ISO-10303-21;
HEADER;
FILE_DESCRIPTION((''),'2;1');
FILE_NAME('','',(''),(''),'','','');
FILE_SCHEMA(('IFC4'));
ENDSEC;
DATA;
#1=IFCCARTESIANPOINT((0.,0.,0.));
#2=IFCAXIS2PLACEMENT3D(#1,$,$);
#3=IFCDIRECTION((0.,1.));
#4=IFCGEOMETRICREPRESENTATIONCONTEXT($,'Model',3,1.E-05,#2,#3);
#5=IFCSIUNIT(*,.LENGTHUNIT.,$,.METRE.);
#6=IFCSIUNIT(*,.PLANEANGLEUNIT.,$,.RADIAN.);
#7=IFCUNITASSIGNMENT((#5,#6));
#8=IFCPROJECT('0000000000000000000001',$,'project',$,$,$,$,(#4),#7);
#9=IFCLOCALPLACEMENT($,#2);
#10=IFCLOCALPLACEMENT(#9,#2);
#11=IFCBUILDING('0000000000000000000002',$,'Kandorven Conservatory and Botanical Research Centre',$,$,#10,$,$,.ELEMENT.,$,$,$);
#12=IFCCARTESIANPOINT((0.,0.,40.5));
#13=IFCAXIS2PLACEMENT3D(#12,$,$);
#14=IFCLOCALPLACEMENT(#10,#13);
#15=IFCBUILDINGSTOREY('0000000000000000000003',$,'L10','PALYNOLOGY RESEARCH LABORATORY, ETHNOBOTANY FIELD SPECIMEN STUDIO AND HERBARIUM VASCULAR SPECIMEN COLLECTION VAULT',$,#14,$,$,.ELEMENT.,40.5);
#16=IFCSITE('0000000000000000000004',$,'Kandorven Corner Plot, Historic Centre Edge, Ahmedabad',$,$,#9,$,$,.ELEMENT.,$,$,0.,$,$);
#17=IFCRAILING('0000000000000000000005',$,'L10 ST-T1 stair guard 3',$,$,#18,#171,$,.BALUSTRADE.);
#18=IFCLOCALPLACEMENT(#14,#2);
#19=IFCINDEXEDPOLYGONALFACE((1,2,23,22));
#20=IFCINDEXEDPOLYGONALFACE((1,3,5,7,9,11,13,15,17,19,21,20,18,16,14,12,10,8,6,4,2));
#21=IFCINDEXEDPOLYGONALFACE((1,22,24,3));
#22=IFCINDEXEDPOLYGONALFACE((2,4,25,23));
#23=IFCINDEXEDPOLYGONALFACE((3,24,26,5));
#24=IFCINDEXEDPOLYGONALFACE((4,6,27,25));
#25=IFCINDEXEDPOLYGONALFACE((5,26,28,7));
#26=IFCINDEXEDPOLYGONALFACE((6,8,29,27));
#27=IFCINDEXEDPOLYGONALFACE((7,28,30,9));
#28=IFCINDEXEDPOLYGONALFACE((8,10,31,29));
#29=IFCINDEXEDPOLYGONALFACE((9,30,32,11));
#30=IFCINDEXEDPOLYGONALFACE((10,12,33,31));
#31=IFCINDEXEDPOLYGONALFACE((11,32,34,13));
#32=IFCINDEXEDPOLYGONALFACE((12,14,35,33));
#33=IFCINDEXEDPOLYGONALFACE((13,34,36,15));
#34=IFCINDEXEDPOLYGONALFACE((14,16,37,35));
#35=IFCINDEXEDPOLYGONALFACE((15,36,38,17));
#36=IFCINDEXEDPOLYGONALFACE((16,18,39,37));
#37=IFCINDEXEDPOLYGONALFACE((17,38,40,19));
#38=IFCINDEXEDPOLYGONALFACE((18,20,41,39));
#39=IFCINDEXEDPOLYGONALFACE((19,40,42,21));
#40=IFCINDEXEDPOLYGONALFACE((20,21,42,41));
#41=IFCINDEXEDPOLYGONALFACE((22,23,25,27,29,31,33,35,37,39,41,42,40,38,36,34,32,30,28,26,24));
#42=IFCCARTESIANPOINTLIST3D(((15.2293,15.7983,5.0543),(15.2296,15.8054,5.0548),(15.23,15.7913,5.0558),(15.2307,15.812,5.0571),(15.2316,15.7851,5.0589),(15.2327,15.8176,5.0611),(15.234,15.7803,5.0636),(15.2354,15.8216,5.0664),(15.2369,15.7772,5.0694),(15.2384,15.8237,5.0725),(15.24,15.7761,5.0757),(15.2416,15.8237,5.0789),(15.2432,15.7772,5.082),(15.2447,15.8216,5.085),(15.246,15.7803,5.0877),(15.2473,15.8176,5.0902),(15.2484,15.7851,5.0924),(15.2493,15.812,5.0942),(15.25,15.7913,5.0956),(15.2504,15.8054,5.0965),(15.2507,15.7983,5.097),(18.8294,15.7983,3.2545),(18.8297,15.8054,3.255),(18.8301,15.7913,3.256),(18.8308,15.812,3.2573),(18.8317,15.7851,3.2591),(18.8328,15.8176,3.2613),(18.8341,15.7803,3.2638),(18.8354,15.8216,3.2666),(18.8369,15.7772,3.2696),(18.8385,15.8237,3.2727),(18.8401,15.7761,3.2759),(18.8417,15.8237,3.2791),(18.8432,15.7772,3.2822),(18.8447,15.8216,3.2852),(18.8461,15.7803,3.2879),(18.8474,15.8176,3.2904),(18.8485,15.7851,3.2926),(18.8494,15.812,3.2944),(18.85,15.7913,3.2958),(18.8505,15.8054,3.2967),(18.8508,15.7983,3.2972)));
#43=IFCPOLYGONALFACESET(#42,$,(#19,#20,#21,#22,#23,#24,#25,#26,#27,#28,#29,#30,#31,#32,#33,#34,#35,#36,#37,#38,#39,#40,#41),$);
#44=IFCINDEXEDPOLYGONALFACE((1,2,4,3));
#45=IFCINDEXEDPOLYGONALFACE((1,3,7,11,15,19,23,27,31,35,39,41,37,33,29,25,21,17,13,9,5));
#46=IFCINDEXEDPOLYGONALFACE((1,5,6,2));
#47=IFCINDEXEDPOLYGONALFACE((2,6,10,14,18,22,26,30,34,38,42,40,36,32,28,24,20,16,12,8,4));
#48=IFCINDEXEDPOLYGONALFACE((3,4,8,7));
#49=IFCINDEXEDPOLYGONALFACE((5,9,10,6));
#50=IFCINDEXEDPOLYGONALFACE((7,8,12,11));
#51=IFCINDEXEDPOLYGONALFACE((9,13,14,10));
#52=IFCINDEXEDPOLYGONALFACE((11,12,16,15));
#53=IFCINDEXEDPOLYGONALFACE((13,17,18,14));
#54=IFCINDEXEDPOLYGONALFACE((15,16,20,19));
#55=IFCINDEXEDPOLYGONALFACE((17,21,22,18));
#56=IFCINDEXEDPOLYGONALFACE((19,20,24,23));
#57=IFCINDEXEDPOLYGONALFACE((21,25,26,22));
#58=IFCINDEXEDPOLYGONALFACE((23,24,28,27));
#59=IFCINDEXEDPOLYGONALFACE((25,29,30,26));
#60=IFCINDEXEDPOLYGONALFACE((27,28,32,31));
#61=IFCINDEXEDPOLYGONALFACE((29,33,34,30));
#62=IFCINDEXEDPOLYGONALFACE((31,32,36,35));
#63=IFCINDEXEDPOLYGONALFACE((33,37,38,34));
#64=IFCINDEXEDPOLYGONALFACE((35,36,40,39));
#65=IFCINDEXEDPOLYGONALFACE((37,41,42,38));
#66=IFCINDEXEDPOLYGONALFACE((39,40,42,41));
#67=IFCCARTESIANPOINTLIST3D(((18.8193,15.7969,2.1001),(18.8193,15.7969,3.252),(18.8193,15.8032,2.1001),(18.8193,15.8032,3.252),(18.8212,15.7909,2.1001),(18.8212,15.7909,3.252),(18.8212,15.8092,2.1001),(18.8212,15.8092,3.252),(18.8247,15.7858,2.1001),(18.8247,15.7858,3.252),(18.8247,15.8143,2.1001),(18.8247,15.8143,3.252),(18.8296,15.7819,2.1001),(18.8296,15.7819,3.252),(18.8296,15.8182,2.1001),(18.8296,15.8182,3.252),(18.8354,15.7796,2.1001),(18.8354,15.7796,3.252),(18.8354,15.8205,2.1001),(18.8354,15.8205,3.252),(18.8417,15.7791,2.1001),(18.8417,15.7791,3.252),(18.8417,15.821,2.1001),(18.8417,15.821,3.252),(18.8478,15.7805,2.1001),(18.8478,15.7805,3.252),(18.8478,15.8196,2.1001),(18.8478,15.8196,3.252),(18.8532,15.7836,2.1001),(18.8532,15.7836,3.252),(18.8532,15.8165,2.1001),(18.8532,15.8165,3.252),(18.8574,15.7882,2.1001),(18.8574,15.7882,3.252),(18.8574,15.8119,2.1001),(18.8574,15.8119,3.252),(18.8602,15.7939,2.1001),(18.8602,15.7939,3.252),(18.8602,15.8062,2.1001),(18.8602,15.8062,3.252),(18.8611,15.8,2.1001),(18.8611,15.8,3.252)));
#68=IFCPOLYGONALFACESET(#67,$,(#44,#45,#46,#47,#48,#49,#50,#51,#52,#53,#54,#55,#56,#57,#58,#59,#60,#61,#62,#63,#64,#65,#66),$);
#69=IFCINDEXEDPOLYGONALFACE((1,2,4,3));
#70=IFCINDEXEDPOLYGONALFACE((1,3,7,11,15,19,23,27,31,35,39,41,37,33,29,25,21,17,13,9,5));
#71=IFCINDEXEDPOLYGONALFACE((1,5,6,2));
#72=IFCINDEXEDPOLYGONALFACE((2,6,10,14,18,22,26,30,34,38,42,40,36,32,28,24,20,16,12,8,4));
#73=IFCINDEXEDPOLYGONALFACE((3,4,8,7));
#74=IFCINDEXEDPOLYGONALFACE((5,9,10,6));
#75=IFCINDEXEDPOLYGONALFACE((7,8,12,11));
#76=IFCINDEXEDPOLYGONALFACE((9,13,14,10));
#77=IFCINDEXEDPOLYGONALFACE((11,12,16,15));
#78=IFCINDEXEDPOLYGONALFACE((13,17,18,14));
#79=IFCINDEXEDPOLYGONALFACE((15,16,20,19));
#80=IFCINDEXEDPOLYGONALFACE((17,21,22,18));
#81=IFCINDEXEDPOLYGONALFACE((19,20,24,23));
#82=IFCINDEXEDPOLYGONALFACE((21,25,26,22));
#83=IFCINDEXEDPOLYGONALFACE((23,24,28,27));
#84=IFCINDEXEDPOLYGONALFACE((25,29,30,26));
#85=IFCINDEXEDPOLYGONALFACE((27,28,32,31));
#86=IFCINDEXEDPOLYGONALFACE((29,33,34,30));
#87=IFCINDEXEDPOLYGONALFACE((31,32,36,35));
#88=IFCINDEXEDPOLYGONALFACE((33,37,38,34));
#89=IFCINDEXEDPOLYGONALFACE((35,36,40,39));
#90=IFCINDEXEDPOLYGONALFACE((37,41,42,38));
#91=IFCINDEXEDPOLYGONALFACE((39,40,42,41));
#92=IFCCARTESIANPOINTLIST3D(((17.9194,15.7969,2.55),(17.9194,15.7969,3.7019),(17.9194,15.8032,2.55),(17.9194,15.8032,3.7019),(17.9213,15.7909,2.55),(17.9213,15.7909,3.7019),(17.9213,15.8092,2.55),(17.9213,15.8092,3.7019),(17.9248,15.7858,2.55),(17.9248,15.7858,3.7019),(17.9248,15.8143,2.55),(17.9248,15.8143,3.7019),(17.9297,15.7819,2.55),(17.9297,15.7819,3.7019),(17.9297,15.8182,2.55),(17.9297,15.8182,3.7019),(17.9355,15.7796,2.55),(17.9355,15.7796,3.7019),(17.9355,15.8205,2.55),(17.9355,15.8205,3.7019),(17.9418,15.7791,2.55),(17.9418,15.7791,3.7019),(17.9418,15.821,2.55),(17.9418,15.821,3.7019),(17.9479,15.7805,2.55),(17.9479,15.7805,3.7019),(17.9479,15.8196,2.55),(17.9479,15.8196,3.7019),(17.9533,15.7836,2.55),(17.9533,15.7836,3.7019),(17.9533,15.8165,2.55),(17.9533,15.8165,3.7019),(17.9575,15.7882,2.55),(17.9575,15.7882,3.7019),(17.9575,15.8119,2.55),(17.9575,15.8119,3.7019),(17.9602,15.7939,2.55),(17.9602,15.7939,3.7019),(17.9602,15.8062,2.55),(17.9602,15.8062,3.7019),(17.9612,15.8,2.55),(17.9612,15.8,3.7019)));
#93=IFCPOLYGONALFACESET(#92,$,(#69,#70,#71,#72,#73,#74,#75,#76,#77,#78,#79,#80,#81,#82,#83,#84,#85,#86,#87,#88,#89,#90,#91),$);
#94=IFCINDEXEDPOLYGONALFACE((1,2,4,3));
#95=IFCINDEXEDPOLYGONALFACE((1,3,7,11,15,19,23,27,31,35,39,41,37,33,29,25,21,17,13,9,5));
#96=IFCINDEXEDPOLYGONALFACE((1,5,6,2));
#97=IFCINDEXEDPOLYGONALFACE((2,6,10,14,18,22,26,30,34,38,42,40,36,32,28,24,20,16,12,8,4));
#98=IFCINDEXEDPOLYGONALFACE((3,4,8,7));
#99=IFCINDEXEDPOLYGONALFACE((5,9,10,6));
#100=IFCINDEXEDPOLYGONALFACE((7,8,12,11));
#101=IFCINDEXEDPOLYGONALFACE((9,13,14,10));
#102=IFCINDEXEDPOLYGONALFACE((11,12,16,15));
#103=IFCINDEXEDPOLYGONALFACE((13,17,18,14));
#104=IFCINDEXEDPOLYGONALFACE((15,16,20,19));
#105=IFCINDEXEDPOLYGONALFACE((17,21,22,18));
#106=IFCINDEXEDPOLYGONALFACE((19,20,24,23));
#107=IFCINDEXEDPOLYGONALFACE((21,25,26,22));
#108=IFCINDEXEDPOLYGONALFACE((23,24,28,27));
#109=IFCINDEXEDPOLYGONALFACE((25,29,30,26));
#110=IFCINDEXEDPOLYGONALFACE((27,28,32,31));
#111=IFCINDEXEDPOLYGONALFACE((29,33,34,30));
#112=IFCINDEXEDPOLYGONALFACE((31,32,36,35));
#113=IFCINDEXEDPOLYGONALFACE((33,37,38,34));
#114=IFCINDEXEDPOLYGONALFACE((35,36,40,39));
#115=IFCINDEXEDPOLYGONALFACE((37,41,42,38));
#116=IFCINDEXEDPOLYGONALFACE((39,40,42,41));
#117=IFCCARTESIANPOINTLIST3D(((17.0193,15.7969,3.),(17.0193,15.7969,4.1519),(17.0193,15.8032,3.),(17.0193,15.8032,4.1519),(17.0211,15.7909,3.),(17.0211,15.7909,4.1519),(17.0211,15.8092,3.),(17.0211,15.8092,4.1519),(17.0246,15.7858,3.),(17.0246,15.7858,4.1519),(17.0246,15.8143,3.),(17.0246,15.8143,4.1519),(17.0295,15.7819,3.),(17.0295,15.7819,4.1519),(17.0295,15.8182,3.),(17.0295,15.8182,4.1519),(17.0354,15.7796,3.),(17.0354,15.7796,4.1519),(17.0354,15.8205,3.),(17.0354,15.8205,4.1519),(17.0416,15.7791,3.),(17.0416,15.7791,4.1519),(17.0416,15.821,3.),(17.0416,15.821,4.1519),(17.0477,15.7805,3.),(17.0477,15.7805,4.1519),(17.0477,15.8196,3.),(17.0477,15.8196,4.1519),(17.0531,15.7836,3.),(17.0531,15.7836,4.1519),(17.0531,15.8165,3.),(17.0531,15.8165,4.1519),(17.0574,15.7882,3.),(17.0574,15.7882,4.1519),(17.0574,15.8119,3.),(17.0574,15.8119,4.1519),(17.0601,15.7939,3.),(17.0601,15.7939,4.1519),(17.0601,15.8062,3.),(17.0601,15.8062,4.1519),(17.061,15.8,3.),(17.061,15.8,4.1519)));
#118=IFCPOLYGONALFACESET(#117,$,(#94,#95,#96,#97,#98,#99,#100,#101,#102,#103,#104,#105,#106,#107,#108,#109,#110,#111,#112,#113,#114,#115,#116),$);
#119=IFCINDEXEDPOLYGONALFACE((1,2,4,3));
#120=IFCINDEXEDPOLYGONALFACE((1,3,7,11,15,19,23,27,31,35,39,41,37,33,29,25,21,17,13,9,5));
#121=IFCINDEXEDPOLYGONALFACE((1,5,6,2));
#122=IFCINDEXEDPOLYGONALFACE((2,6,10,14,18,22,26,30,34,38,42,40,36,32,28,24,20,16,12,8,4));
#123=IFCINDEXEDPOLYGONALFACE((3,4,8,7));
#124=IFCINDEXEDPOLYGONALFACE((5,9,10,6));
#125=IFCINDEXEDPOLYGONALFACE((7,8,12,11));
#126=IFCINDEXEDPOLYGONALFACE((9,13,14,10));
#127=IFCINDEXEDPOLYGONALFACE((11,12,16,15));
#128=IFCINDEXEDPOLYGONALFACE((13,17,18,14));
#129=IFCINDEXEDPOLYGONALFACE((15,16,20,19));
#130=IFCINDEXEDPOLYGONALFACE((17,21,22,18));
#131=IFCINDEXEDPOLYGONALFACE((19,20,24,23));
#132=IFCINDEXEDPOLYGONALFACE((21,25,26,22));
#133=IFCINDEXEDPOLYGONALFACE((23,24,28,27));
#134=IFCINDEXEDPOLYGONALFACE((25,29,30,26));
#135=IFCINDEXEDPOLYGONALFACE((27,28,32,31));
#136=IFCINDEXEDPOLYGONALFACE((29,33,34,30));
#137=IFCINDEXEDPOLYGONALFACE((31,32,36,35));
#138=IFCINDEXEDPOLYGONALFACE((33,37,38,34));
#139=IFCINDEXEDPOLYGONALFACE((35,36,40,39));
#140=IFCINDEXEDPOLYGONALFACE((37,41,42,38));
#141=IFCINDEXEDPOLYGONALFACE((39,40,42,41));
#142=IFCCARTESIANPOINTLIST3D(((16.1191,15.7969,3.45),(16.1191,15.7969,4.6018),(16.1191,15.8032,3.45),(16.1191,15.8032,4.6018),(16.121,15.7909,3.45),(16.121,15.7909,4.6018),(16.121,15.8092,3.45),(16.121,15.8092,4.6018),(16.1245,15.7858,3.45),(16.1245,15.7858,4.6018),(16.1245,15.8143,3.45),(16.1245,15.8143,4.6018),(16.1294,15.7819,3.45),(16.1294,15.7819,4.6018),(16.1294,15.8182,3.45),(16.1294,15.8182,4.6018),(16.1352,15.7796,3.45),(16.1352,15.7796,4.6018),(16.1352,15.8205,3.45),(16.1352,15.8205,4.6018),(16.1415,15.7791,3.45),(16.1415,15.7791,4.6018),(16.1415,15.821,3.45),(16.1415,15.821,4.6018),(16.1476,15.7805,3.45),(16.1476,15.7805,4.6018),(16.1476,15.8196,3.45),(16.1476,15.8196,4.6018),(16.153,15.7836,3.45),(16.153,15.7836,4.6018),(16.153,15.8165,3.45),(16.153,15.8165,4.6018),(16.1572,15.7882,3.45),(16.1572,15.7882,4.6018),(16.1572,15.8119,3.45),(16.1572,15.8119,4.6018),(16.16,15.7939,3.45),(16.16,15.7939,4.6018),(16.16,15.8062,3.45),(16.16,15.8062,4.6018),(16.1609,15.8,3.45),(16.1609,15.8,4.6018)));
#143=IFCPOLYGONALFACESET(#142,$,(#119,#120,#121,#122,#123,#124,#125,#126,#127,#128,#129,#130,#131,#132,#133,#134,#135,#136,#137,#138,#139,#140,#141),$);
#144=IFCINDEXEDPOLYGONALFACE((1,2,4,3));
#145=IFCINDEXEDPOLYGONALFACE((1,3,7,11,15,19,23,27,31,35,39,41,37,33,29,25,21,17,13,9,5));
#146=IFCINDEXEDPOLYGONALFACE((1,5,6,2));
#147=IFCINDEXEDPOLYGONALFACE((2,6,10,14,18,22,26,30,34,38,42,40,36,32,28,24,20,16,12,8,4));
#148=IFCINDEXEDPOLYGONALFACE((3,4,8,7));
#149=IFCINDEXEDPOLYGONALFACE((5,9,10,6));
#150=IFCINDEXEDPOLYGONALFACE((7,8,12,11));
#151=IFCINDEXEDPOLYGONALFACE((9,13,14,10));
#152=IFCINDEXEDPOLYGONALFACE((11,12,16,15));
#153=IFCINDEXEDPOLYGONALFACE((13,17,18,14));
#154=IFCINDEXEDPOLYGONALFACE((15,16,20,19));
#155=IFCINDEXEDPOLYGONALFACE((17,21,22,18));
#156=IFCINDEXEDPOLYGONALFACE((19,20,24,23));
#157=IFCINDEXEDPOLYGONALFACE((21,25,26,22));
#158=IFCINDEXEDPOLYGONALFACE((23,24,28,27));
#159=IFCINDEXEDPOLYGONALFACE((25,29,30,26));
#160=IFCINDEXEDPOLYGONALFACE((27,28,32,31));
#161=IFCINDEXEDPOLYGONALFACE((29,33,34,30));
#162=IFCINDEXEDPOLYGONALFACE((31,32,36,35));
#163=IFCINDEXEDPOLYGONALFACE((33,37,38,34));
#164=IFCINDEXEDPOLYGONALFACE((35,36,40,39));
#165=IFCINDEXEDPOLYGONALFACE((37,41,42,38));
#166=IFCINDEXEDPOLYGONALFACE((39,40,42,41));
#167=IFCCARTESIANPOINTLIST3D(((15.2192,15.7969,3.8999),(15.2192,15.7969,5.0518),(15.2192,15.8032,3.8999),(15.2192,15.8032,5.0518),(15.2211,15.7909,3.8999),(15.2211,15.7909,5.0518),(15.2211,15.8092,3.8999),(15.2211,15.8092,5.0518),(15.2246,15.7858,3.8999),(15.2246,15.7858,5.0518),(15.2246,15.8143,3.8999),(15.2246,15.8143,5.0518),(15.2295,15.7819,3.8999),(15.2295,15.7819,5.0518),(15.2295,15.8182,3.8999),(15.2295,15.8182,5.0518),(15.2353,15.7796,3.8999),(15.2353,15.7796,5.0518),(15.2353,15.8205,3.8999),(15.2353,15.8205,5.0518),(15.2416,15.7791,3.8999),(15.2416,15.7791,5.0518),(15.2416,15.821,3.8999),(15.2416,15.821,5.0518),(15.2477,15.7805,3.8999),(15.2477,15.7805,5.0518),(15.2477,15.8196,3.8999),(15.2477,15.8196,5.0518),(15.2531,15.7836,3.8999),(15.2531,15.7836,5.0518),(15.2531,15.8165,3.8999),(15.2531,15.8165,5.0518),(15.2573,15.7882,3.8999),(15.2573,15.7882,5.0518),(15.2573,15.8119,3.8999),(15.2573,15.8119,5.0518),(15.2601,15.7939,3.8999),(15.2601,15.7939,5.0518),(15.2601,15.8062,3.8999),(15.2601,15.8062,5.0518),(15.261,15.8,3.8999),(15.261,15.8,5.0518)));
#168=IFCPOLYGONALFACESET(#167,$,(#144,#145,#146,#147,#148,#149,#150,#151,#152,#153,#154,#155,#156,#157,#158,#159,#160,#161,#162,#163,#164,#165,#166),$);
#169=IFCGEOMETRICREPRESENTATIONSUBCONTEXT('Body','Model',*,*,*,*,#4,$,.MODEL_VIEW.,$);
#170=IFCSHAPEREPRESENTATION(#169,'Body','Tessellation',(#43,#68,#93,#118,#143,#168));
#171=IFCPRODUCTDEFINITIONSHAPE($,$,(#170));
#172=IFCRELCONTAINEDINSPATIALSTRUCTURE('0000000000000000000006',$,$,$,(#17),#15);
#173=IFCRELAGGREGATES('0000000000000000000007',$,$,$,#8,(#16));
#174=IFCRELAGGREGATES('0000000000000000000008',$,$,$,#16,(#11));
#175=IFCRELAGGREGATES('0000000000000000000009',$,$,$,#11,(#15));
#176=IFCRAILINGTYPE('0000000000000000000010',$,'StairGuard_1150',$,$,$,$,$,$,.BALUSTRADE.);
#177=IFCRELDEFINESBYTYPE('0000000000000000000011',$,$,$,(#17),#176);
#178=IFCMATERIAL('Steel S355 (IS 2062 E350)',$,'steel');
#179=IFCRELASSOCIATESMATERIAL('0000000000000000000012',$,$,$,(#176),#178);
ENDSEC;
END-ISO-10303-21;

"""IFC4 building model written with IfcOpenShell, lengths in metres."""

from ifc_helpers import new_model, si_unit, direction, frame, origin, origin_2d, place, context, subcontext, project, spatial, circle, extrude, material, type_object, element, save


model = new_model("IFC4")

# Units and contexts
model_context = context("Model", 3, precision=1e-05, world=origin(), true_north=direction((0.0, 1.0)))
body_context = subcontext(model_context, "Body", "Model", "MODEL_VIEW")
ifc_project = project(units=[si_unit("LENGTHUNIT", "METRE"), si_unit("PLANEANGLEUNIT", "RADIAN")], contexts=[model_context])

# Site, building, storey
site_placement = place(None, origin())
site = spatial("IfcSite", under=ifc_project, at=site_placement, Name="Kandorven Corner Plot, Historic Centre Edge, Ahmedabad", CompositionType="ELEMENT", RefElevation=0.0)
building_placement = place(site_placement, origin())
building = spatial("IfcBuilding", under=site, at=building_placement, Name="Kandorven Conservatory and Botanical Research Centre", CompositionType="ELEMENT")
storey_placement = place(building_placement, frame((0.0, 0.0, 40.5)))
storey = spatial("IfcBuildingStorey", under=building, at=storey_placement, Name="L10", Description="PALYNOLOGY RESEARCH LABORATORY, ETHNOBOTANY FIELD SPECIMEN STUDIO AND HERBARIUM VASCULAR SPECIMEN COLLECTION VAULT", CompositionType="ELEMENT", Elevation=40.5)

# Railing
ifc_material_1 = material(Name="Steel S355 (IS 2062 E350)", Category="steel")
railing_type_1 = type_object("IfcRailingType", Name="StairGuard_1150", PredefinedType="BALUSTRADE", material=ifc_material_1)
railing_1_placement = place(storey_placement, frame((18.8401, 15.8, 2.1001)))
element("IfcRailing", 1, at=railing_1_placement, inside=storey, type_object=railing_type_1, Name="L10 ST-T1 stair guard 3", PredefinedType="BALUSTRADE", context=body_context, shape_type="SweptSolid", body=[
    extrude(circle(Radius=0.0239, at=origin_2d()), frame((0.0, 0.0, 1.1758), z_axis=(-0.894451, 0.0, 0.447165), x_axis=(0.0, -1.0, 0.0)), (0.0, 0.0, 1.0), 4.0249),
    extrude(circle(Radius=0.021, at=origin_2d()), origin(), (0.0, 0.0, 1.0), 1.1519),
    extrude(circle(Radius=0.021, at=origin_2d()), frame((-0.8999, 0.0, 0.45)), (0.0, 0.0, 1.0), 1.1519),
    extrude(circle(Radius=0.021, at=origin_2d()), frame((-1.8, 0.0, 0.8999)), (0.0, 0.0, 1.0), 1.1519),
    extrude(circle(Radius=0.021, at=origin_2d()), frame((-2.7002, 0.0, 1.3499)), (0.0, 0.0, 1.0), 1.1519),
    extrude(circle(Radius=0.021, at=origin_2d()), frame((-3.6001, 0.0, 1.7998)), (0.0, 0.0, 1.0), 1.1519),
])

save(model, "model.ifc")
